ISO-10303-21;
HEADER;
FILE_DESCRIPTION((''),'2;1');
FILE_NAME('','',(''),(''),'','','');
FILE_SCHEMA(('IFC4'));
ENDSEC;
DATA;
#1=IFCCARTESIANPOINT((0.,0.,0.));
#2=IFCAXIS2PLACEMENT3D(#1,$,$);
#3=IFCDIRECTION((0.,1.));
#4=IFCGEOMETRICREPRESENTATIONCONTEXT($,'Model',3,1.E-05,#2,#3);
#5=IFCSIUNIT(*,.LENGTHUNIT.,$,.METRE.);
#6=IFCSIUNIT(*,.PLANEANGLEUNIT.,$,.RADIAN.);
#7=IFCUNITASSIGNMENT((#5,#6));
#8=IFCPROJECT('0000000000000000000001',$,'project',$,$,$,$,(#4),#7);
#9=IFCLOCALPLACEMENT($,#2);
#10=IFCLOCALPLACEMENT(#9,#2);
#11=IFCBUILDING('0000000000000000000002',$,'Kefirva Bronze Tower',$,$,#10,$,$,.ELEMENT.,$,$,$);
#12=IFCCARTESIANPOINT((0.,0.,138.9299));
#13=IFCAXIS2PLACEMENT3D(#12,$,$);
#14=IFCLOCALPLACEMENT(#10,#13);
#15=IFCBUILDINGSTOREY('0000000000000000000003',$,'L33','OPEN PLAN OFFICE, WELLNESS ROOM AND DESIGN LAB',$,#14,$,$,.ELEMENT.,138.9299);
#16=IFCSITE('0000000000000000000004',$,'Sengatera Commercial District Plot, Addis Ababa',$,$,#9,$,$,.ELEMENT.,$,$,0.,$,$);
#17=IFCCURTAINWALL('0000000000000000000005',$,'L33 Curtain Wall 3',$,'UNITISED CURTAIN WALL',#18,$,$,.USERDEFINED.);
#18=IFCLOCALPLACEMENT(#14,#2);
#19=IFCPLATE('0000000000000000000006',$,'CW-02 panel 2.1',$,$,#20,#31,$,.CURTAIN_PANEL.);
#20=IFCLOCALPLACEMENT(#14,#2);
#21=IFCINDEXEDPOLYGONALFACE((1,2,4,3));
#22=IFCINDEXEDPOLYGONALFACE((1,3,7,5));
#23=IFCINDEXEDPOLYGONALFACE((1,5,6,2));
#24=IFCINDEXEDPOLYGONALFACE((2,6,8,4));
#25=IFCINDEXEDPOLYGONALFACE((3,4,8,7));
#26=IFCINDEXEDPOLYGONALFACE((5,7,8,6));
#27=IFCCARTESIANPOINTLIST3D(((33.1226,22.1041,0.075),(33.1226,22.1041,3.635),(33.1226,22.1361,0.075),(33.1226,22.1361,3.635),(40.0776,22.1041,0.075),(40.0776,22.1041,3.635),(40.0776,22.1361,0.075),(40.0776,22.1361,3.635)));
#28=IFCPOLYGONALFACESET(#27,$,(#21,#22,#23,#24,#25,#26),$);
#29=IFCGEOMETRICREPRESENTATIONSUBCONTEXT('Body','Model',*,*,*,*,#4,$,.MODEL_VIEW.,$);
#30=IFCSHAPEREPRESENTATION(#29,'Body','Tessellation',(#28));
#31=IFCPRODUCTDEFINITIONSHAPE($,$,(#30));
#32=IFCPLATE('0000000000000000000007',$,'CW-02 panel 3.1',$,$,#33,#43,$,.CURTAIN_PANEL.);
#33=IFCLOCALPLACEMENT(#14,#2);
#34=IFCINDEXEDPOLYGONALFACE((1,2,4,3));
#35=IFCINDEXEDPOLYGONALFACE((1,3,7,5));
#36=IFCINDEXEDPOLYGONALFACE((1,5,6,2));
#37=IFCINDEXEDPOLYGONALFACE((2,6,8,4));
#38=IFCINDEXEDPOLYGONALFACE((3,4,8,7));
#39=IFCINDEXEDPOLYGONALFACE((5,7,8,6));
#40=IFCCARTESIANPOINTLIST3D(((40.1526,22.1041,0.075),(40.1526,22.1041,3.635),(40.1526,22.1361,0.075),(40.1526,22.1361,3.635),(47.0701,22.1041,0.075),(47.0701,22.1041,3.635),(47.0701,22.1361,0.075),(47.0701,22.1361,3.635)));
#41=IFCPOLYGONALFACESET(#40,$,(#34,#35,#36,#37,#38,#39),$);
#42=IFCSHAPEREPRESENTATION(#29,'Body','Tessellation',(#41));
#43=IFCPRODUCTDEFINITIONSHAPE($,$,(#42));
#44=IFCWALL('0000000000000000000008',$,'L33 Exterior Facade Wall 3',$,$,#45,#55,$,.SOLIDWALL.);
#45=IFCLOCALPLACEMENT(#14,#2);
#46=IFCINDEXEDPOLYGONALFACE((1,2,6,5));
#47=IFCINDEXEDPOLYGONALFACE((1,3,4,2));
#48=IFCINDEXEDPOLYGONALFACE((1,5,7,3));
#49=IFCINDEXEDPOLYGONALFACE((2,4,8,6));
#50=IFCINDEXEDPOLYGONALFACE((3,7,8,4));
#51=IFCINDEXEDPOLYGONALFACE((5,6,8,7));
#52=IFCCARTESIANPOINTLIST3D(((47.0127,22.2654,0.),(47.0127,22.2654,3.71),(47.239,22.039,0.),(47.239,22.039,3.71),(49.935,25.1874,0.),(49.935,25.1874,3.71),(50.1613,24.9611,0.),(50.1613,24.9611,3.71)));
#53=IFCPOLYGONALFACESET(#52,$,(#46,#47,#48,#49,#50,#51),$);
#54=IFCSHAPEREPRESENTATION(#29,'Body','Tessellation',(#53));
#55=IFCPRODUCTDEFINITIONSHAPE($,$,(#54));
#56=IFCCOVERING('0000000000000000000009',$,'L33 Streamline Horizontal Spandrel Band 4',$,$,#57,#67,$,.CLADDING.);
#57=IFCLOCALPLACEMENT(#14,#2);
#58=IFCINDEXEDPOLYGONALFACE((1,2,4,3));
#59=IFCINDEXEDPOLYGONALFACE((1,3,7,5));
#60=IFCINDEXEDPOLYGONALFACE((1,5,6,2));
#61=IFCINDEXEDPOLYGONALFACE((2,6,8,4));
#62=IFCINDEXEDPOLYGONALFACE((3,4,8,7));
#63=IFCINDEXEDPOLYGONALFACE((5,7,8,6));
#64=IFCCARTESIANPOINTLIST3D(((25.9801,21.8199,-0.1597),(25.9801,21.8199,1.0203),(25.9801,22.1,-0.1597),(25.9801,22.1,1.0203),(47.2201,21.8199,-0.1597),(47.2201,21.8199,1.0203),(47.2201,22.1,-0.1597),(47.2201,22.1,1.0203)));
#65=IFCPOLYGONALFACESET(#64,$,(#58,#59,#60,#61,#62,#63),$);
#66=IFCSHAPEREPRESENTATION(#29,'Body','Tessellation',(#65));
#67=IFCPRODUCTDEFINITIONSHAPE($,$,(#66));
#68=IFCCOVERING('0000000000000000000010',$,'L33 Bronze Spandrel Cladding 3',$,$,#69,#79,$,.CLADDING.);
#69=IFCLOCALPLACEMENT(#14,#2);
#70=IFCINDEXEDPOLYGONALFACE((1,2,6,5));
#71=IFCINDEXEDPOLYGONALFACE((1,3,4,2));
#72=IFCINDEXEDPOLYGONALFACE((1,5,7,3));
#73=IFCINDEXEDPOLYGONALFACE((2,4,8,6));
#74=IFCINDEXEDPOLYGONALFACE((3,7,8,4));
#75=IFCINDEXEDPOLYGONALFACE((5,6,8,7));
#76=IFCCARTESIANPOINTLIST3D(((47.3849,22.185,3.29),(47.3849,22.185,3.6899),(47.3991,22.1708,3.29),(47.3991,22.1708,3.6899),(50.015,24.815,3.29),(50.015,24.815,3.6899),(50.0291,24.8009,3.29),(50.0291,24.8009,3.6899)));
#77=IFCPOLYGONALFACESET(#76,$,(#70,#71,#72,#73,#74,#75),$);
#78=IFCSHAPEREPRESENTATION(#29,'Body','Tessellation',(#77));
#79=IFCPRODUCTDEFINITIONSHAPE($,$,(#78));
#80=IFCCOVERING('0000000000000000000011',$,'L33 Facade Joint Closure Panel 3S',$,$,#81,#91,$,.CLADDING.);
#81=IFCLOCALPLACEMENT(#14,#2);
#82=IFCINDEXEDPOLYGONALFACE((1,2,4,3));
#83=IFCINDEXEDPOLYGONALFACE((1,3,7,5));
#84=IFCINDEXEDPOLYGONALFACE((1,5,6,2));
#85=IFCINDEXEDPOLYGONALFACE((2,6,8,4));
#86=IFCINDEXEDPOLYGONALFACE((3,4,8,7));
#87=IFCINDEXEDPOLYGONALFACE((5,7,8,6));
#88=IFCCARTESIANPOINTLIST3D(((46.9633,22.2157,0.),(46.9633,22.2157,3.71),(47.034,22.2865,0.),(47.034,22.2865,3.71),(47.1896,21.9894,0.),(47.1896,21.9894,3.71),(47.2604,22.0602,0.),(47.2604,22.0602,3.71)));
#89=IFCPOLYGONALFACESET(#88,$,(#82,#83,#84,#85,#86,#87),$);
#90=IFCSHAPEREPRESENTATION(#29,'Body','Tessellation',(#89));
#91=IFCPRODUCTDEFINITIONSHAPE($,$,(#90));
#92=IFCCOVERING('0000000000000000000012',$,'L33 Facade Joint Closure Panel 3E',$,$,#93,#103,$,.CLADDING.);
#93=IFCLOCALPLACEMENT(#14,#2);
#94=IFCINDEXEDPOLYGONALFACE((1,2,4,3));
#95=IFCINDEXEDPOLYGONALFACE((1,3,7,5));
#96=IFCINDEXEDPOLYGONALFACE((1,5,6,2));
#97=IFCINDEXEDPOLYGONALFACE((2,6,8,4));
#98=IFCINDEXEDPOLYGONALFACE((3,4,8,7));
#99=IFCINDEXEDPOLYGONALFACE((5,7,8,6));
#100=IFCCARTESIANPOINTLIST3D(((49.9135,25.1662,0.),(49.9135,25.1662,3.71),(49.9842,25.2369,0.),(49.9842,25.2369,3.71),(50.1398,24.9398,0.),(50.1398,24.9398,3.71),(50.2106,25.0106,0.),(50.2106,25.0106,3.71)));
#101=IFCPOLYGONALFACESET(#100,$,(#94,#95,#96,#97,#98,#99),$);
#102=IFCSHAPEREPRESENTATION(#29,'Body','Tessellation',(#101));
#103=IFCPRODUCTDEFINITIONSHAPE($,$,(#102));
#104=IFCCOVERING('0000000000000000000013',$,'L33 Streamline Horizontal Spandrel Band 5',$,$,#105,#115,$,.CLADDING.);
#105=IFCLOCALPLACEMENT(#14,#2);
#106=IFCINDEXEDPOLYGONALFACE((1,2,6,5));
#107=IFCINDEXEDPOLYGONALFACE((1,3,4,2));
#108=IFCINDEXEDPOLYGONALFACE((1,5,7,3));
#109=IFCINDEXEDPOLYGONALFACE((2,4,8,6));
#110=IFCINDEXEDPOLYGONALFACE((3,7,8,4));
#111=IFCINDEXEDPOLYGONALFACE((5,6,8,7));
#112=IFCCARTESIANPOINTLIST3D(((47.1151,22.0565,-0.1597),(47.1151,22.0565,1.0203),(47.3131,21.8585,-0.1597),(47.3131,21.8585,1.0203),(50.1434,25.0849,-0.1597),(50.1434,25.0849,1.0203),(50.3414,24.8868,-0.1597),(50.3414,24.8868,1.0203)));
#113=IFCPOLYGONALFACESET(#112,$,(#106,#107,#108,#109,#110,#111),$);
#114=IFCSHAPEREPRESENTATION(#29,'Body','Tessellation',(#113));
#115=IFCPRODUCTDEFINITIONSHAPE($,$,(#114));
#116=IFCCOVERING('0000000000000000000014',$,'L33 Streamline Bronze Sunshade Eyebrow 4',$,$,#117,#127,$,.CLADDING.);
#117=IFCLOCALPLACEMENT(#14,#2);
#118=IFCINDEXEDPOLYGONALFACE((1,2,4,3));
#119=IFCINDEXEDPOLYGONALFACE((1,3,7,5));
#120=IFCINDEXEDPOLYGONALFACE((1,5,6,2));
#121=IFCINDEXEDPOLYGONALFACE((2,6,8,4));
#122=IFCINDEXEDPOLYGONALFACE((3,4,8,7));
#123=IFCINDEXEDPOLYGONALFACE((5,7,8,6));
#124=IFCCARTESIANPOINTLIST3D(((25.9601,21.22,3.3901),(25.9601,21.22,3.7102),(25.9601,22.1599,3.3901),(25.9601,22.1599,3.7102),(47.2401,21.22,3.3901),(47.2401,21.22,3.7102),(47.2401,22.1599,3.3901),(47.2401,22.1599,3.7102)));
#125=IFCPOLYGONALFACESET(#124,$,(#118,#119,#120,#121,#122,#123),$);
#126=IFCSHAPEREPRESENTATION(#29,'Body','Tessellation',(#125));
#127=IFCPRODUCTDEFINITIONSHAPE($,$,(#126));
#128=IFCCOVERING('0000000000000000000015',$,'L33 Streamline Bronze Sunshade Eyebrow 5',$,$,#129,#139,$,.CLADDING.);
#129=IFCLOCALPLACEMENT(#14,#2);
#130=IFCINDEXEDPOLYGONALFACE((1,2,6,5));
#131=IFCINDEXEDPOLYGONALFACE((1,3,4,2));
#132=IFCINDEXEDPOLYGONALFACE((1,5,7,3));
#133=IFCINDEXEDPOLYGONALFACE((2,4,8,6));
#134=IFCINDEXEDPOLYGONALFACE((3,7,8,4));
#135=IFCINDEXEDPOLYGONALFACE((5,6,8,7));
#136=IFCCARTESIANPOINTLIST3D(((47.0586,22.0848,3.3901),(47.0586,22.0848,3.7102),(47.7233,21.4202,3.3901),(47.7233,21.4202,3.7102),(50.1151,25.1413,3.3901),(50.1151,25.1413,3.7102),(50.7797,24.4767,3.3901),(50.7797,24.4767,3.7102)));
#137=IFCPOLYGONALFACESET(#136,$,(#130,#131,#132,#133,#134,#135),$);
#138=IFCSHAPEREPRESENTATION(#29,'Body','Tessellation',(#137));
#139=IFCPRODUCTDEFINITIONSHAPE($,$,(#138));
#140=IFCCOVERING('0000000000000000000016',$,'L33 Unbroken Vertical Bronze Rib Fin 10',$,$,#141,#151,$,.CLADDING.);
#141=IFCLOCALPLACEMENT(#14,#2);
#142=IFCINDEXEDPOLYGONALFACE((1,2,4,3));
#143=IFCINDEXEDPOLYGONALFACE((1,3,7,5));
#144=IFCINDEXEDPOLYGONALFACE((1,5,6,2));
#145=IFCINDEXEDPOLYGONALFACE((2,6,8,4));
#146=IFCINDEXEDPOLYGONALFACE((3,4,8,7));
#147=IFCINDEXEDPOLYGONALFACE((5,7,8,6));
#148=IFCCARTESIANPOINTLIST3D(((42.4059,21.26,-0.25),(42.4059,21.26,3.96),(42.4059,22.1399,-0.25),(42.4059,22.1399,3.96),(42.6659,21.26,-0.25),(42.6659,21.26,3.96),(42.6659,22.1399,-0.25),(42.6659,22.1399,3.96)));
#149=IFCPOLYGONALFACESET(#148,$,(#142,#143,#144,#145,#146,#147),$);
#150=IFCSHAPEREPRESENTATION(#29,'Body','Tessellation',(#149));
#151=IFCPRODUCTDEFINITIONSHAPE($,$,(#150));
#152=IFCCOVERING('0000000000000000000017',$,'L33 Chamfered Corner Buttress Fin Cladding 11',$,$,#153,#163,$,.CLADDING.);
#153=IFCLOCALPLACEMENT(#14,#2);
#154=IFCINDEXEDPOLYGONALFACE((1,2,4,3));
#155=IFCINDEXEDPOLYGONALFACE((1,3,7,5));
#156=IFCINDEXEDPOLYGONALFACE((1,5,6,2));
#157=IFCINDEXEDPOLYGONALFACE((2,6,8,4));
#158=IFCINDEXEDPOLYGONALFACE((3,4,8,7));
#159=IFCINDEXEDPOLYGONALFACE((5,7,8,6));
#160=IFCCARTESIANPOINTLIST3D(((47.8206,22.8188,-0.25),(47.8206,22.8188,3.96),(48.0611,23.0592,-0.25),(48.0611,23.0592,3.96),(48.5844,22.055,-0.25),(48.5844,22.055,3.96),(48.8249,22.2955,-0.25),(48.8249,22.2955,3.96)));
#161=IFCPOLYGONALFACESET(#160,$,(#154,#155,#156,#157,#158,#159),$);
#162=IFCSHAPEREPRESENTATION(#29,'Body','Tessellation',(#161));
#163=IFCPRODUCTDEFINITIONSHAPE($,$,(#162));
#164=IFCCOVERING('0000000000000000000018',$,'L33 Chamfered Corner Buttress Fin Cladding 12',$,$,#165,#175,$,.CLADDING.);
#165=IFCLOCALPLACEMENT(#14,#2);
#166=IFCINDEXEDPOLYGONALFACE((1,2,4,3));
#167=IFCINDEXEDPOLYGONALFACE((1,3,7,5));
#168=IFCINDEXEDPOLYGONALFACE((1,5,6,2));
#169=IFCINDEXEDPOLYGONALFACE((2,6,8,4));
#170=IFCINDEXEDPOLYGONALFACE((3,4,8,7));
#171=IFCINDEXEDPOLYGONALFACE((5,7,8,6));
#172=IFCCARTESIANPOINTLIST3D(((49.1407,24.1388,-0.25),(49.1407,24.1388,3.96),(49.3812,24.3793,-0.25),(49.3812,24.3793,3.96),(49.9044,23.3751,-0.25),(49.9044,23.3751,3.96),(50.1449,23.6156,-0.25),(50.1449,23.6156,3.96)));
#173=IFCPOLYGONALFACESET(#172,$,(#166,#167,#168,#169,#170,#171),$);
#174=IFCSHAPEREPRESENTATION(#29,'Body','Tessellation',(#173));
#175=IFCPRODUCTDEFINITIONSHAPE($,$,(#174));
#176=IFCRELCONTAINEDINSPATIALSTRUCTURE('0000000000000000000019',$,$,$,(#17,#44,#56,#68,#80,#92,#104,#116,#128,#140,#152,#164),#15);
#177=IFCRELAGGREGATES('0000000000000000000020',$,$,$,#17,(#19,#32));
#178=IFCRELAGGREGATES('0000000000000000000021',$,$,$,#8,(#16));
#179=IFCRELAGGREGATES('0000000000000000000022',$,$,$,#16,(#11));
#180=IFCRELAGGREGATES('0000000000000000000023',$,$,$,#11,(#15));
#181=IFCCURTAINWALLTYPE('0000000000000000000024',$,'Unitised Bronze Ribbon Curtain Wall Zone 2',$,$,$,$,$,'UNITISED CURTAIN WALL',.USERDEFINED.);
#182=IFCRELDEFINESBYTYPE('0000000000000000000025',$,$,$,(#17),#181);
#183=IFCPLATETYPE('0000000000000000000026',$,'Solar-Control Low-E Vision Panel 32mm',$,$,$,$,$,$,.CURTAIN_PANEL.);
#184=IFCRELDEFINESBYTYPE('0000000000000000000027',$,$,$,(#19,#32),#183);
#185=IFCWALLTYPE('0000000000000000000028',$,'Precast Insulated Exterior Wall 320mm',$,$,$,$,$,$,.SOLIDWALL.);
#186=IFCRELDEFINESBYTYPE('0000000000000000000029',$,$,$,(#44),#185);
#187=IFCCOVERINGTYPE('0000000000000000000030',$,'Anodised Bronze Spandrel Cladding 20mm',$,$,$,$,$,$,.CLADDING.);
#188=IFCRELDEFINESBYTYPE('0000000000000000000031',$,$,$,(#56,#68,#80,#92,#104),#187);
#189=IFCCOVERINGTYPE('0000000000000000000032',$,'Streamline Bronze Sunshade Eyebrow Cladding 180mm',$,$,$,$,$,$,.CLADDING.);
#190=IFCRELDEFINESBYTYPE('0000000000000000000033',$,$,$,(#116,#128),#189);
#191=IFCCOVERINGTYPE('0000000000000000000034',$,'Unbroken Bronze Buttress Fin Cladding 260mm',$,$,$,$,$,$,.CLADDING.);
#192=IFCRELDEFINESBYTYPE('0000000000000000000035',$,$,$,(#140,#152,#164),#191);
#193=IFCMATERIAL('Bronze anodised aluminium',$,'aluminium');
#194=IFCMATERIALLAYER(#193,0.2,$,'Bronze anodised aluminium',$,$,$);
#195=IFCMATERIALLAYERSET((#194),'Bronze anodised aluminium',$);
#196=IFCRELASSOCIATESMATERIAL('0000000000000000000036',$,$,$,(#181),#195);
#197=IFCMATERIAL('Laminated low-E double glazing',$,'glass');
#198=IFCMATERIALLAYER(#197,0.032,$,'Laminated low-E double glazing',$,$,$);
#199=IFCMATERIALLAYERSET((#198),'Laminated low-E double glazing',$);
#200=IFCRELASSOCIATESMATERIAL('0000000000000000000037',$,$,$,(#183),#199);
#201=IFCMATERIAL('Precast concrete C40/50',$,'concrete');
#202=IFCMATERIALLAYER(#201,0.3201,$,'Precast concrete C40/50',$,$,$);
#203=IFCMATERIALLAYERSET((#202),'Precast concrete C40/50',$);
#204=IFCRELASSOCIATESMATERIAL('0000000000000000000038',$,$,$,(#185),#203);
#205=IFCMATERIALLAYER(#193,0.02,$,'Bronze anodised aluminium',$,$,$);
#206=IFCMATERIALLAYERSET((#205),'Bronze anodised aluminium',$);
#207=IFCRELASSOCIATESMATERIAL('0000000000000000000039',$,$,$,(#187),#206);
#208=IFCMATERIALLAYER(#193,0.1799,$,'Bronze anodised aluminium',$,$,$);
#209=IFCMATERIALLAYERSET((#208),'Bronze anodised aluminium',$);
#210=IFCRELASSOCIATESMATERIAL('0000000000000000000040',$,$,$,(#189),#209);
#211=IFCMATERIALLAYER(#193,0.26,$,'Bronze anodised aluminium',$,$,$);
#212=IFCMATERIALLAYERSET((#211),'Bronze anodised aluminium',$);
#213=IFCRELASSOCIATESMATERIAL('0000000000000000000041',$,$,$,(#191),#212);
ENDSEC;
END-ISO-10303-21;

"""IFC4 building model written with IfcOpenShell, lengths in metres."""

from ifc_helpers import new_model, si_unit, direction, frame, frame_2d, origin, origin_2d, place, context, subcontext, project, spatial, rectangle, extrude, material, layer, layer_set, type_object, element, aggregate, save


model = new_model("IFC4")

# Units and contexts
model_context = context("Model", 3, precision=1e-05, world=origin(), true_north=direction((0.0, 1.0)))
body_context = subcontext(model_context, "Body", "Model", "MODEL_VIEW")
ifc_project = project(units=[si_unit("LENGTHUNIT", "METRE"), si_unit("PLANEANGLEUNIT", "RADIAN")], contexts=[model_context])

# Site, building, storey
site_placement = place(None, origin())
site = spatial("IfcSite", under=ifc_project, at=site_placement, Name="Sengatera Commercial District Plot, Addis Ababa", CompositionType="ELEMENT", RefElevation=0.0)
building_placement = place(site_placement, origin())
building = spatial("IfcBuilding", under=site, at=building_placement, Name="Kefirva Bronze Tower", CompositionType="ELEMENT")
storey_placement = place(building_placement, frame((0.0, 0.0, 138.9299)))
storey = spatial("IfcBuildingStorey", under=building, at=storey_placement, Name="L33", Description="OPEN PLAN OFFICE, WELLNESS ROOM AND DESIGN LAB", CompositionType="ELEMENT", Elevation=138.9299)

# Curtain wall
ifc_material_1 = material(Name="Bronze anodised aluminium", Category="aluminium")
ifc_layer_1 = layer(ifc_material_1, 0.2, Name="Bronze anodised aluminium")
ifc_layer_set_1 = layer_set([ifc_layer_1], Name="Bronze anodised aluminium")
curtain_wall_type = type_object("IfcCurtainWallType", Name="Unitised Bronze Ribbon Curtain Wall Zone 2", ElementType="UNITISED CURTAIN WALL", PredefinedType="USERDEFINED", material=ifc_layer_set_1)
curtain_wall_1_placement = place(storey_placement, origin())
curtain_wall_1 = element("IfcCurtainWall", 1, at=curtain_wall_1_placement, inside=storey, type_object=curtain_wall_type, Name="L33 Curtain Wall 3", ObjectType="UNITISED CURTAIN WALL", PredefinedType="USERDEFINED")

# Plates
ifc_material_2 = material(Name="Laminated low-E double glazing", Category="glass")
ifc_layer_2 = layer(ifc_material_2, 0.032, Name="Laminated low-E double glazing")
ifc_layer_set_2 = layer_set([ifc_layer_2], Name="Laminated low-E double glazing")
plate_type = type_object("IfcPlateType", Name="Solar-Control Low-E Vision Panel 32mm", PredefinedType="CURTAIN_PANEL", material=ifc_layer_set_2)
plate_1_placement = place(storey_placement, frame((36.6001, 22.1201, 0.075), z_axis=(0.0, 0.0, 1.0), x_axis=(1.0, 0.0, 0.0)))
plate_1 = element("IfcPlate", 2, at=plate_1_placement, type_object=plate_type, Name="CW-02 panel 2.1", PredefinedType="CURTAIN_PANEL", context=body_context, shape_type="SweptSolid", body=[
    extrude(rectangle(XDim=6.9551, YDim=0.032, at=origin_2d()), origin(), (0.0, 0.0, 1.0), 3.5601),
])
plate_2_placement = place(storey_placement, frame((43.6113, 22.1201, 0.075), z_axis=(0.0, 0.0, 1.0), x_axis=(1.0, 0.0, 0.0)))
plate_2 = element("IfcPlate", 3, at=plate_2_placement, type_object=plate_type, Name="CW-02 panel 3.1", PredefinedType="CURTAIN_PANEL", context=body_context, shape_type="SweptSolid", body=[
    extrude(rectangle(XDim=6.9175, YDim=0.032, at=origin_2d()), origin(), (0.0, 0.0, 1.0), 3.5601),
])
aggregate(curtain_wall_1, [plate_1, plate_2])

# Wall
ifc_material_3 = material(Name="Precast concrete C40/50", Category="concrete")
ifc_layer_3 = layer(ifc_material_3, 0.3201, Name="Precast concrete C40/50")
ifc_layer_set_3 = layer_set([ifc_layer_3], Name="Precast concrete C40/50")
wall_type = type_object("IfcWallType", Name="Precast Insulated Exterior Wall 320mm", PredefinedType="SOLIDWALL", material=ifc_layer_set_3)
wall_placement = place(storey_placement, frame((47.1257, 22.1521, 0.0), z_axis=(0.0, 0.0, 1.0), x_axis=(0.707136, 0.707077, 0.0)))
element("IfcWall", 4, at=wall_placement, inside=storey, type_object=wall_type, Name="L33 Exterior Facade Wall 3", PredefinedType="SOLIDWALL", context=body_context, shape_type="SweptSolid", body=[
    extrude(rectangle(XDim=4.1326, YDim=0.3201, at=frame_2d((2.0664, 0.0))), origin(), (0.0, 0.0, 1.0), 3.71),
])

# Coverings
ifc_layer_4 = layer(ifc_material_1, 0.02, Name="Bronze anodised aluminium")
ifc_layer_set_4 = layer_set([ifc_layer_4], Name="Bronze anodised aluminium")
covering_type_1 = type_object("IfcCoveringType", Name="Anodised Bronze Spandrel Cladding 20mm", PredefinedType="CLADDING", material=ifc_layer_set_4)
covering_1_placement = place(storey_placement, frame((36.6001, 21.96, -0.1597), z_axis=(0.0, 0.0, 1.0), x_axis=(1.0, 0.0, 0.0)))
element("IfcCovering", 5, at=covering_1_placement, inside=storey, type_object=covering_type_1, Name="L33 Streamline Horizontal Spandrel Band 4", PredefinedType="CLADDING", context=body_context, shape_type="SweptSolid", body=[
    extrude(rectangle(XDim=21.24, YDim=0.28, at=origin_2d()), origin(), (0.0, 0.0, 1.0), 1.1799),
])
covering_2_placement = place(storey_placement, frame((48.707, 23.4929, 3.29), z_axis=(0.0, 0.0, 1.0), x_axis=(0.707107, 0.707107, 0.0)))
element("IfcCovering", 6, at=covering_2_placement, inside=storey, type_object=covering_type_1, Name="L33 Bronze Spandrel Cladding 3", PredefinedType="CLADDING", context=body_context, shape_type="SweptSolid", body=[
    extrude(rectangle(XDim=3.7195, YDim=0.02, at=origin_2d()), origin(), (0.0, 0.0, 1.0), 0.3999),
])
for number, where, z_axis, x_axis, name in (
    (7, (47.1118, 22.1379, 0.0), (0.0, 0.0, 1.0), (0.707107, 0.707107, 0.0), "L33 Facade Joint Closure Panel 3S"),
    (8, (50.062, 25.0884, 0.0), (0.0, 0.0, 1.0), (0.707107, 0.707107, 0.0), "L33 Facade Joint Closure Panel 3E"),
):
    element("IfcCovering", number, at=place(storey_placement, frame(where, z_axis=z_axis, x_axis=x_axis)), inside=storey, type_object=covering_type_1, Name=name, PredefinedType="CLADDING", context=body_context, shape_type="SweptSolid", body=[
        extrude(rectangle(XDim=0.1001, YDim=0.3201, at=origin_2d()), origin(), (0.0, 0.0, 1.0), 3.71),
    ])
covering_3_placement = place(storey_placement, frame((48.7283, 23.4717, -0.1597), z_axis=(0.0, 0.0, 1.0), x_axis=(0.707107, 0.707107, 0.0)))
element("IfcCovering", 9, at=covering_3_placement, inside=storey, type_object=covering_type_1, Name="L33 Streamline Horizontal Spandrel Band 5", PredefinedType="CLADDING", context=body_context, shape_type="SweptSolid", body=[
    extrude(rectangle(XDim=4.2827, YDim=0.28, at=origin_2d()), origin(), (0.0, 0.0, 1.0), 1.1799),
])
ifc_layer_5 = layer(ifc_material_1, 0.1799, Name="Bronze anodised aluminium")
ifc_layer_set_5 = layer_set([ifc_layer_5], Name="Bronze anodised aluminium")
covering_type_2 = type_object("IfcCoveringType", Name="Streamline Bronze Sunshade Eyebrow Cladding 180mm", PredefinedType="CLADDING", material=ifc_layer_set_5)
covering_4_placement = place(storey_placement, frame((36.6001, 21.6899, 3.3901), z_axis=(0.0, 0.0, 1.0), x_axis=(1.0, 0.0, 0.0)))
element("IfcCovering", 10, at=covering_4_placement, inside=storey, type_object=covering_type_2, Name="L33 Streamline Bronze Sunshade Eyebrow 4", PredefinedType="CLADDING", context=body_context, shape_type="SweptSolid", body=[
    extrude(rectangle(XDim=21.28, YDim=0.9399, at=origin_2d()), origin(), (0.0, 0.0, 1.0), 0.3201),
])
covering_5_placement = place(storey_placement, frame((48.9192, 23.2808, 3.3901), z_axis=(0.0, 0.0, 1.0), x_axis=(0.707107, 0.707107, 0.0)))
element("IfcCovering", 11, at=covering_5_placement, inside=storey, type_object=covering_type_2, Name="L33 Streamline Bronze Sunshade Eyebrow 5", PredefinedType="CLADDING", context=body_context, shape_type="SweptSolid", body=[
    extrude(rectangle(XDim=4.3225, YDim=0.9399, at=origin_2d()), origin(), (0.0, 0.0, 1.0), 0.3201),
])
ifc_layer_6 = layer(ifc_material_1, 0.26, Name="Bronze anodised aluminium")
ifc_layer_set_6 = layer_set([ifc_layer_6], Name="Bronze anodised aluminium")
covering_type_3 = type_object("IfcCoveringType", Name="Unbroken Bronze Buttress Fin Cladding 260mm", PredefinedType="CLADDING", material=ifc_layer_set_6)
covering_6_placement = place(storey_placement, frame((42.5359, 21.7, -0.25), z_axis=(0.0, 0.0, 1.0), x_axis=(1.0, 0.0, 0.0)))
element("IfcCovering", 12, at=covering_6_placement, inside=storey, type_object=covering_type_3, Name="L33 Unbroken Vertical Bronze Rib Fin 10", PredefinedType="CLADDING", context=body_context, shape_type="SweptSolid", body=[
    extrude(rectangle(XDim=0.26, YDim=0.8799, at=origin_2d()), origin(), (0.0, 0.0, 1.0), 4.21),
])
for number, where, z_axis, x_axis, name in (
    (13, (48.3228, 22.5571, -0.25), (0.0, 0.0, 1.0), (0.707107, 0.707107, 0.0), "L33 Chamfered Corner Buttress Fin Cladding 11"),
    (14, (49.6428, 23.8772, -0.25), (0.0, 0.0, 1.0), (0.707107, 0.707107, 0.0), "L33 Chamfered Corner Buttress Fin Cladding 12"),
):
    element("IfcCovering", number, at=place(storey_placement, frame(where, z_axis=z_axis, x_axis=x_axis)), inside=storey, type_object=covering_type_3, Name=name, PredefinedType="CLADDING", context=body_context, shape_type="SweptSolid", body=[
        extrude(rectangle(XDim=0.3401, YDim=1.0801, at=origin_2d()), origin(), (0.0, 0.0, 1.0), 4.21),
    ])

save(model, "model.ifc")
